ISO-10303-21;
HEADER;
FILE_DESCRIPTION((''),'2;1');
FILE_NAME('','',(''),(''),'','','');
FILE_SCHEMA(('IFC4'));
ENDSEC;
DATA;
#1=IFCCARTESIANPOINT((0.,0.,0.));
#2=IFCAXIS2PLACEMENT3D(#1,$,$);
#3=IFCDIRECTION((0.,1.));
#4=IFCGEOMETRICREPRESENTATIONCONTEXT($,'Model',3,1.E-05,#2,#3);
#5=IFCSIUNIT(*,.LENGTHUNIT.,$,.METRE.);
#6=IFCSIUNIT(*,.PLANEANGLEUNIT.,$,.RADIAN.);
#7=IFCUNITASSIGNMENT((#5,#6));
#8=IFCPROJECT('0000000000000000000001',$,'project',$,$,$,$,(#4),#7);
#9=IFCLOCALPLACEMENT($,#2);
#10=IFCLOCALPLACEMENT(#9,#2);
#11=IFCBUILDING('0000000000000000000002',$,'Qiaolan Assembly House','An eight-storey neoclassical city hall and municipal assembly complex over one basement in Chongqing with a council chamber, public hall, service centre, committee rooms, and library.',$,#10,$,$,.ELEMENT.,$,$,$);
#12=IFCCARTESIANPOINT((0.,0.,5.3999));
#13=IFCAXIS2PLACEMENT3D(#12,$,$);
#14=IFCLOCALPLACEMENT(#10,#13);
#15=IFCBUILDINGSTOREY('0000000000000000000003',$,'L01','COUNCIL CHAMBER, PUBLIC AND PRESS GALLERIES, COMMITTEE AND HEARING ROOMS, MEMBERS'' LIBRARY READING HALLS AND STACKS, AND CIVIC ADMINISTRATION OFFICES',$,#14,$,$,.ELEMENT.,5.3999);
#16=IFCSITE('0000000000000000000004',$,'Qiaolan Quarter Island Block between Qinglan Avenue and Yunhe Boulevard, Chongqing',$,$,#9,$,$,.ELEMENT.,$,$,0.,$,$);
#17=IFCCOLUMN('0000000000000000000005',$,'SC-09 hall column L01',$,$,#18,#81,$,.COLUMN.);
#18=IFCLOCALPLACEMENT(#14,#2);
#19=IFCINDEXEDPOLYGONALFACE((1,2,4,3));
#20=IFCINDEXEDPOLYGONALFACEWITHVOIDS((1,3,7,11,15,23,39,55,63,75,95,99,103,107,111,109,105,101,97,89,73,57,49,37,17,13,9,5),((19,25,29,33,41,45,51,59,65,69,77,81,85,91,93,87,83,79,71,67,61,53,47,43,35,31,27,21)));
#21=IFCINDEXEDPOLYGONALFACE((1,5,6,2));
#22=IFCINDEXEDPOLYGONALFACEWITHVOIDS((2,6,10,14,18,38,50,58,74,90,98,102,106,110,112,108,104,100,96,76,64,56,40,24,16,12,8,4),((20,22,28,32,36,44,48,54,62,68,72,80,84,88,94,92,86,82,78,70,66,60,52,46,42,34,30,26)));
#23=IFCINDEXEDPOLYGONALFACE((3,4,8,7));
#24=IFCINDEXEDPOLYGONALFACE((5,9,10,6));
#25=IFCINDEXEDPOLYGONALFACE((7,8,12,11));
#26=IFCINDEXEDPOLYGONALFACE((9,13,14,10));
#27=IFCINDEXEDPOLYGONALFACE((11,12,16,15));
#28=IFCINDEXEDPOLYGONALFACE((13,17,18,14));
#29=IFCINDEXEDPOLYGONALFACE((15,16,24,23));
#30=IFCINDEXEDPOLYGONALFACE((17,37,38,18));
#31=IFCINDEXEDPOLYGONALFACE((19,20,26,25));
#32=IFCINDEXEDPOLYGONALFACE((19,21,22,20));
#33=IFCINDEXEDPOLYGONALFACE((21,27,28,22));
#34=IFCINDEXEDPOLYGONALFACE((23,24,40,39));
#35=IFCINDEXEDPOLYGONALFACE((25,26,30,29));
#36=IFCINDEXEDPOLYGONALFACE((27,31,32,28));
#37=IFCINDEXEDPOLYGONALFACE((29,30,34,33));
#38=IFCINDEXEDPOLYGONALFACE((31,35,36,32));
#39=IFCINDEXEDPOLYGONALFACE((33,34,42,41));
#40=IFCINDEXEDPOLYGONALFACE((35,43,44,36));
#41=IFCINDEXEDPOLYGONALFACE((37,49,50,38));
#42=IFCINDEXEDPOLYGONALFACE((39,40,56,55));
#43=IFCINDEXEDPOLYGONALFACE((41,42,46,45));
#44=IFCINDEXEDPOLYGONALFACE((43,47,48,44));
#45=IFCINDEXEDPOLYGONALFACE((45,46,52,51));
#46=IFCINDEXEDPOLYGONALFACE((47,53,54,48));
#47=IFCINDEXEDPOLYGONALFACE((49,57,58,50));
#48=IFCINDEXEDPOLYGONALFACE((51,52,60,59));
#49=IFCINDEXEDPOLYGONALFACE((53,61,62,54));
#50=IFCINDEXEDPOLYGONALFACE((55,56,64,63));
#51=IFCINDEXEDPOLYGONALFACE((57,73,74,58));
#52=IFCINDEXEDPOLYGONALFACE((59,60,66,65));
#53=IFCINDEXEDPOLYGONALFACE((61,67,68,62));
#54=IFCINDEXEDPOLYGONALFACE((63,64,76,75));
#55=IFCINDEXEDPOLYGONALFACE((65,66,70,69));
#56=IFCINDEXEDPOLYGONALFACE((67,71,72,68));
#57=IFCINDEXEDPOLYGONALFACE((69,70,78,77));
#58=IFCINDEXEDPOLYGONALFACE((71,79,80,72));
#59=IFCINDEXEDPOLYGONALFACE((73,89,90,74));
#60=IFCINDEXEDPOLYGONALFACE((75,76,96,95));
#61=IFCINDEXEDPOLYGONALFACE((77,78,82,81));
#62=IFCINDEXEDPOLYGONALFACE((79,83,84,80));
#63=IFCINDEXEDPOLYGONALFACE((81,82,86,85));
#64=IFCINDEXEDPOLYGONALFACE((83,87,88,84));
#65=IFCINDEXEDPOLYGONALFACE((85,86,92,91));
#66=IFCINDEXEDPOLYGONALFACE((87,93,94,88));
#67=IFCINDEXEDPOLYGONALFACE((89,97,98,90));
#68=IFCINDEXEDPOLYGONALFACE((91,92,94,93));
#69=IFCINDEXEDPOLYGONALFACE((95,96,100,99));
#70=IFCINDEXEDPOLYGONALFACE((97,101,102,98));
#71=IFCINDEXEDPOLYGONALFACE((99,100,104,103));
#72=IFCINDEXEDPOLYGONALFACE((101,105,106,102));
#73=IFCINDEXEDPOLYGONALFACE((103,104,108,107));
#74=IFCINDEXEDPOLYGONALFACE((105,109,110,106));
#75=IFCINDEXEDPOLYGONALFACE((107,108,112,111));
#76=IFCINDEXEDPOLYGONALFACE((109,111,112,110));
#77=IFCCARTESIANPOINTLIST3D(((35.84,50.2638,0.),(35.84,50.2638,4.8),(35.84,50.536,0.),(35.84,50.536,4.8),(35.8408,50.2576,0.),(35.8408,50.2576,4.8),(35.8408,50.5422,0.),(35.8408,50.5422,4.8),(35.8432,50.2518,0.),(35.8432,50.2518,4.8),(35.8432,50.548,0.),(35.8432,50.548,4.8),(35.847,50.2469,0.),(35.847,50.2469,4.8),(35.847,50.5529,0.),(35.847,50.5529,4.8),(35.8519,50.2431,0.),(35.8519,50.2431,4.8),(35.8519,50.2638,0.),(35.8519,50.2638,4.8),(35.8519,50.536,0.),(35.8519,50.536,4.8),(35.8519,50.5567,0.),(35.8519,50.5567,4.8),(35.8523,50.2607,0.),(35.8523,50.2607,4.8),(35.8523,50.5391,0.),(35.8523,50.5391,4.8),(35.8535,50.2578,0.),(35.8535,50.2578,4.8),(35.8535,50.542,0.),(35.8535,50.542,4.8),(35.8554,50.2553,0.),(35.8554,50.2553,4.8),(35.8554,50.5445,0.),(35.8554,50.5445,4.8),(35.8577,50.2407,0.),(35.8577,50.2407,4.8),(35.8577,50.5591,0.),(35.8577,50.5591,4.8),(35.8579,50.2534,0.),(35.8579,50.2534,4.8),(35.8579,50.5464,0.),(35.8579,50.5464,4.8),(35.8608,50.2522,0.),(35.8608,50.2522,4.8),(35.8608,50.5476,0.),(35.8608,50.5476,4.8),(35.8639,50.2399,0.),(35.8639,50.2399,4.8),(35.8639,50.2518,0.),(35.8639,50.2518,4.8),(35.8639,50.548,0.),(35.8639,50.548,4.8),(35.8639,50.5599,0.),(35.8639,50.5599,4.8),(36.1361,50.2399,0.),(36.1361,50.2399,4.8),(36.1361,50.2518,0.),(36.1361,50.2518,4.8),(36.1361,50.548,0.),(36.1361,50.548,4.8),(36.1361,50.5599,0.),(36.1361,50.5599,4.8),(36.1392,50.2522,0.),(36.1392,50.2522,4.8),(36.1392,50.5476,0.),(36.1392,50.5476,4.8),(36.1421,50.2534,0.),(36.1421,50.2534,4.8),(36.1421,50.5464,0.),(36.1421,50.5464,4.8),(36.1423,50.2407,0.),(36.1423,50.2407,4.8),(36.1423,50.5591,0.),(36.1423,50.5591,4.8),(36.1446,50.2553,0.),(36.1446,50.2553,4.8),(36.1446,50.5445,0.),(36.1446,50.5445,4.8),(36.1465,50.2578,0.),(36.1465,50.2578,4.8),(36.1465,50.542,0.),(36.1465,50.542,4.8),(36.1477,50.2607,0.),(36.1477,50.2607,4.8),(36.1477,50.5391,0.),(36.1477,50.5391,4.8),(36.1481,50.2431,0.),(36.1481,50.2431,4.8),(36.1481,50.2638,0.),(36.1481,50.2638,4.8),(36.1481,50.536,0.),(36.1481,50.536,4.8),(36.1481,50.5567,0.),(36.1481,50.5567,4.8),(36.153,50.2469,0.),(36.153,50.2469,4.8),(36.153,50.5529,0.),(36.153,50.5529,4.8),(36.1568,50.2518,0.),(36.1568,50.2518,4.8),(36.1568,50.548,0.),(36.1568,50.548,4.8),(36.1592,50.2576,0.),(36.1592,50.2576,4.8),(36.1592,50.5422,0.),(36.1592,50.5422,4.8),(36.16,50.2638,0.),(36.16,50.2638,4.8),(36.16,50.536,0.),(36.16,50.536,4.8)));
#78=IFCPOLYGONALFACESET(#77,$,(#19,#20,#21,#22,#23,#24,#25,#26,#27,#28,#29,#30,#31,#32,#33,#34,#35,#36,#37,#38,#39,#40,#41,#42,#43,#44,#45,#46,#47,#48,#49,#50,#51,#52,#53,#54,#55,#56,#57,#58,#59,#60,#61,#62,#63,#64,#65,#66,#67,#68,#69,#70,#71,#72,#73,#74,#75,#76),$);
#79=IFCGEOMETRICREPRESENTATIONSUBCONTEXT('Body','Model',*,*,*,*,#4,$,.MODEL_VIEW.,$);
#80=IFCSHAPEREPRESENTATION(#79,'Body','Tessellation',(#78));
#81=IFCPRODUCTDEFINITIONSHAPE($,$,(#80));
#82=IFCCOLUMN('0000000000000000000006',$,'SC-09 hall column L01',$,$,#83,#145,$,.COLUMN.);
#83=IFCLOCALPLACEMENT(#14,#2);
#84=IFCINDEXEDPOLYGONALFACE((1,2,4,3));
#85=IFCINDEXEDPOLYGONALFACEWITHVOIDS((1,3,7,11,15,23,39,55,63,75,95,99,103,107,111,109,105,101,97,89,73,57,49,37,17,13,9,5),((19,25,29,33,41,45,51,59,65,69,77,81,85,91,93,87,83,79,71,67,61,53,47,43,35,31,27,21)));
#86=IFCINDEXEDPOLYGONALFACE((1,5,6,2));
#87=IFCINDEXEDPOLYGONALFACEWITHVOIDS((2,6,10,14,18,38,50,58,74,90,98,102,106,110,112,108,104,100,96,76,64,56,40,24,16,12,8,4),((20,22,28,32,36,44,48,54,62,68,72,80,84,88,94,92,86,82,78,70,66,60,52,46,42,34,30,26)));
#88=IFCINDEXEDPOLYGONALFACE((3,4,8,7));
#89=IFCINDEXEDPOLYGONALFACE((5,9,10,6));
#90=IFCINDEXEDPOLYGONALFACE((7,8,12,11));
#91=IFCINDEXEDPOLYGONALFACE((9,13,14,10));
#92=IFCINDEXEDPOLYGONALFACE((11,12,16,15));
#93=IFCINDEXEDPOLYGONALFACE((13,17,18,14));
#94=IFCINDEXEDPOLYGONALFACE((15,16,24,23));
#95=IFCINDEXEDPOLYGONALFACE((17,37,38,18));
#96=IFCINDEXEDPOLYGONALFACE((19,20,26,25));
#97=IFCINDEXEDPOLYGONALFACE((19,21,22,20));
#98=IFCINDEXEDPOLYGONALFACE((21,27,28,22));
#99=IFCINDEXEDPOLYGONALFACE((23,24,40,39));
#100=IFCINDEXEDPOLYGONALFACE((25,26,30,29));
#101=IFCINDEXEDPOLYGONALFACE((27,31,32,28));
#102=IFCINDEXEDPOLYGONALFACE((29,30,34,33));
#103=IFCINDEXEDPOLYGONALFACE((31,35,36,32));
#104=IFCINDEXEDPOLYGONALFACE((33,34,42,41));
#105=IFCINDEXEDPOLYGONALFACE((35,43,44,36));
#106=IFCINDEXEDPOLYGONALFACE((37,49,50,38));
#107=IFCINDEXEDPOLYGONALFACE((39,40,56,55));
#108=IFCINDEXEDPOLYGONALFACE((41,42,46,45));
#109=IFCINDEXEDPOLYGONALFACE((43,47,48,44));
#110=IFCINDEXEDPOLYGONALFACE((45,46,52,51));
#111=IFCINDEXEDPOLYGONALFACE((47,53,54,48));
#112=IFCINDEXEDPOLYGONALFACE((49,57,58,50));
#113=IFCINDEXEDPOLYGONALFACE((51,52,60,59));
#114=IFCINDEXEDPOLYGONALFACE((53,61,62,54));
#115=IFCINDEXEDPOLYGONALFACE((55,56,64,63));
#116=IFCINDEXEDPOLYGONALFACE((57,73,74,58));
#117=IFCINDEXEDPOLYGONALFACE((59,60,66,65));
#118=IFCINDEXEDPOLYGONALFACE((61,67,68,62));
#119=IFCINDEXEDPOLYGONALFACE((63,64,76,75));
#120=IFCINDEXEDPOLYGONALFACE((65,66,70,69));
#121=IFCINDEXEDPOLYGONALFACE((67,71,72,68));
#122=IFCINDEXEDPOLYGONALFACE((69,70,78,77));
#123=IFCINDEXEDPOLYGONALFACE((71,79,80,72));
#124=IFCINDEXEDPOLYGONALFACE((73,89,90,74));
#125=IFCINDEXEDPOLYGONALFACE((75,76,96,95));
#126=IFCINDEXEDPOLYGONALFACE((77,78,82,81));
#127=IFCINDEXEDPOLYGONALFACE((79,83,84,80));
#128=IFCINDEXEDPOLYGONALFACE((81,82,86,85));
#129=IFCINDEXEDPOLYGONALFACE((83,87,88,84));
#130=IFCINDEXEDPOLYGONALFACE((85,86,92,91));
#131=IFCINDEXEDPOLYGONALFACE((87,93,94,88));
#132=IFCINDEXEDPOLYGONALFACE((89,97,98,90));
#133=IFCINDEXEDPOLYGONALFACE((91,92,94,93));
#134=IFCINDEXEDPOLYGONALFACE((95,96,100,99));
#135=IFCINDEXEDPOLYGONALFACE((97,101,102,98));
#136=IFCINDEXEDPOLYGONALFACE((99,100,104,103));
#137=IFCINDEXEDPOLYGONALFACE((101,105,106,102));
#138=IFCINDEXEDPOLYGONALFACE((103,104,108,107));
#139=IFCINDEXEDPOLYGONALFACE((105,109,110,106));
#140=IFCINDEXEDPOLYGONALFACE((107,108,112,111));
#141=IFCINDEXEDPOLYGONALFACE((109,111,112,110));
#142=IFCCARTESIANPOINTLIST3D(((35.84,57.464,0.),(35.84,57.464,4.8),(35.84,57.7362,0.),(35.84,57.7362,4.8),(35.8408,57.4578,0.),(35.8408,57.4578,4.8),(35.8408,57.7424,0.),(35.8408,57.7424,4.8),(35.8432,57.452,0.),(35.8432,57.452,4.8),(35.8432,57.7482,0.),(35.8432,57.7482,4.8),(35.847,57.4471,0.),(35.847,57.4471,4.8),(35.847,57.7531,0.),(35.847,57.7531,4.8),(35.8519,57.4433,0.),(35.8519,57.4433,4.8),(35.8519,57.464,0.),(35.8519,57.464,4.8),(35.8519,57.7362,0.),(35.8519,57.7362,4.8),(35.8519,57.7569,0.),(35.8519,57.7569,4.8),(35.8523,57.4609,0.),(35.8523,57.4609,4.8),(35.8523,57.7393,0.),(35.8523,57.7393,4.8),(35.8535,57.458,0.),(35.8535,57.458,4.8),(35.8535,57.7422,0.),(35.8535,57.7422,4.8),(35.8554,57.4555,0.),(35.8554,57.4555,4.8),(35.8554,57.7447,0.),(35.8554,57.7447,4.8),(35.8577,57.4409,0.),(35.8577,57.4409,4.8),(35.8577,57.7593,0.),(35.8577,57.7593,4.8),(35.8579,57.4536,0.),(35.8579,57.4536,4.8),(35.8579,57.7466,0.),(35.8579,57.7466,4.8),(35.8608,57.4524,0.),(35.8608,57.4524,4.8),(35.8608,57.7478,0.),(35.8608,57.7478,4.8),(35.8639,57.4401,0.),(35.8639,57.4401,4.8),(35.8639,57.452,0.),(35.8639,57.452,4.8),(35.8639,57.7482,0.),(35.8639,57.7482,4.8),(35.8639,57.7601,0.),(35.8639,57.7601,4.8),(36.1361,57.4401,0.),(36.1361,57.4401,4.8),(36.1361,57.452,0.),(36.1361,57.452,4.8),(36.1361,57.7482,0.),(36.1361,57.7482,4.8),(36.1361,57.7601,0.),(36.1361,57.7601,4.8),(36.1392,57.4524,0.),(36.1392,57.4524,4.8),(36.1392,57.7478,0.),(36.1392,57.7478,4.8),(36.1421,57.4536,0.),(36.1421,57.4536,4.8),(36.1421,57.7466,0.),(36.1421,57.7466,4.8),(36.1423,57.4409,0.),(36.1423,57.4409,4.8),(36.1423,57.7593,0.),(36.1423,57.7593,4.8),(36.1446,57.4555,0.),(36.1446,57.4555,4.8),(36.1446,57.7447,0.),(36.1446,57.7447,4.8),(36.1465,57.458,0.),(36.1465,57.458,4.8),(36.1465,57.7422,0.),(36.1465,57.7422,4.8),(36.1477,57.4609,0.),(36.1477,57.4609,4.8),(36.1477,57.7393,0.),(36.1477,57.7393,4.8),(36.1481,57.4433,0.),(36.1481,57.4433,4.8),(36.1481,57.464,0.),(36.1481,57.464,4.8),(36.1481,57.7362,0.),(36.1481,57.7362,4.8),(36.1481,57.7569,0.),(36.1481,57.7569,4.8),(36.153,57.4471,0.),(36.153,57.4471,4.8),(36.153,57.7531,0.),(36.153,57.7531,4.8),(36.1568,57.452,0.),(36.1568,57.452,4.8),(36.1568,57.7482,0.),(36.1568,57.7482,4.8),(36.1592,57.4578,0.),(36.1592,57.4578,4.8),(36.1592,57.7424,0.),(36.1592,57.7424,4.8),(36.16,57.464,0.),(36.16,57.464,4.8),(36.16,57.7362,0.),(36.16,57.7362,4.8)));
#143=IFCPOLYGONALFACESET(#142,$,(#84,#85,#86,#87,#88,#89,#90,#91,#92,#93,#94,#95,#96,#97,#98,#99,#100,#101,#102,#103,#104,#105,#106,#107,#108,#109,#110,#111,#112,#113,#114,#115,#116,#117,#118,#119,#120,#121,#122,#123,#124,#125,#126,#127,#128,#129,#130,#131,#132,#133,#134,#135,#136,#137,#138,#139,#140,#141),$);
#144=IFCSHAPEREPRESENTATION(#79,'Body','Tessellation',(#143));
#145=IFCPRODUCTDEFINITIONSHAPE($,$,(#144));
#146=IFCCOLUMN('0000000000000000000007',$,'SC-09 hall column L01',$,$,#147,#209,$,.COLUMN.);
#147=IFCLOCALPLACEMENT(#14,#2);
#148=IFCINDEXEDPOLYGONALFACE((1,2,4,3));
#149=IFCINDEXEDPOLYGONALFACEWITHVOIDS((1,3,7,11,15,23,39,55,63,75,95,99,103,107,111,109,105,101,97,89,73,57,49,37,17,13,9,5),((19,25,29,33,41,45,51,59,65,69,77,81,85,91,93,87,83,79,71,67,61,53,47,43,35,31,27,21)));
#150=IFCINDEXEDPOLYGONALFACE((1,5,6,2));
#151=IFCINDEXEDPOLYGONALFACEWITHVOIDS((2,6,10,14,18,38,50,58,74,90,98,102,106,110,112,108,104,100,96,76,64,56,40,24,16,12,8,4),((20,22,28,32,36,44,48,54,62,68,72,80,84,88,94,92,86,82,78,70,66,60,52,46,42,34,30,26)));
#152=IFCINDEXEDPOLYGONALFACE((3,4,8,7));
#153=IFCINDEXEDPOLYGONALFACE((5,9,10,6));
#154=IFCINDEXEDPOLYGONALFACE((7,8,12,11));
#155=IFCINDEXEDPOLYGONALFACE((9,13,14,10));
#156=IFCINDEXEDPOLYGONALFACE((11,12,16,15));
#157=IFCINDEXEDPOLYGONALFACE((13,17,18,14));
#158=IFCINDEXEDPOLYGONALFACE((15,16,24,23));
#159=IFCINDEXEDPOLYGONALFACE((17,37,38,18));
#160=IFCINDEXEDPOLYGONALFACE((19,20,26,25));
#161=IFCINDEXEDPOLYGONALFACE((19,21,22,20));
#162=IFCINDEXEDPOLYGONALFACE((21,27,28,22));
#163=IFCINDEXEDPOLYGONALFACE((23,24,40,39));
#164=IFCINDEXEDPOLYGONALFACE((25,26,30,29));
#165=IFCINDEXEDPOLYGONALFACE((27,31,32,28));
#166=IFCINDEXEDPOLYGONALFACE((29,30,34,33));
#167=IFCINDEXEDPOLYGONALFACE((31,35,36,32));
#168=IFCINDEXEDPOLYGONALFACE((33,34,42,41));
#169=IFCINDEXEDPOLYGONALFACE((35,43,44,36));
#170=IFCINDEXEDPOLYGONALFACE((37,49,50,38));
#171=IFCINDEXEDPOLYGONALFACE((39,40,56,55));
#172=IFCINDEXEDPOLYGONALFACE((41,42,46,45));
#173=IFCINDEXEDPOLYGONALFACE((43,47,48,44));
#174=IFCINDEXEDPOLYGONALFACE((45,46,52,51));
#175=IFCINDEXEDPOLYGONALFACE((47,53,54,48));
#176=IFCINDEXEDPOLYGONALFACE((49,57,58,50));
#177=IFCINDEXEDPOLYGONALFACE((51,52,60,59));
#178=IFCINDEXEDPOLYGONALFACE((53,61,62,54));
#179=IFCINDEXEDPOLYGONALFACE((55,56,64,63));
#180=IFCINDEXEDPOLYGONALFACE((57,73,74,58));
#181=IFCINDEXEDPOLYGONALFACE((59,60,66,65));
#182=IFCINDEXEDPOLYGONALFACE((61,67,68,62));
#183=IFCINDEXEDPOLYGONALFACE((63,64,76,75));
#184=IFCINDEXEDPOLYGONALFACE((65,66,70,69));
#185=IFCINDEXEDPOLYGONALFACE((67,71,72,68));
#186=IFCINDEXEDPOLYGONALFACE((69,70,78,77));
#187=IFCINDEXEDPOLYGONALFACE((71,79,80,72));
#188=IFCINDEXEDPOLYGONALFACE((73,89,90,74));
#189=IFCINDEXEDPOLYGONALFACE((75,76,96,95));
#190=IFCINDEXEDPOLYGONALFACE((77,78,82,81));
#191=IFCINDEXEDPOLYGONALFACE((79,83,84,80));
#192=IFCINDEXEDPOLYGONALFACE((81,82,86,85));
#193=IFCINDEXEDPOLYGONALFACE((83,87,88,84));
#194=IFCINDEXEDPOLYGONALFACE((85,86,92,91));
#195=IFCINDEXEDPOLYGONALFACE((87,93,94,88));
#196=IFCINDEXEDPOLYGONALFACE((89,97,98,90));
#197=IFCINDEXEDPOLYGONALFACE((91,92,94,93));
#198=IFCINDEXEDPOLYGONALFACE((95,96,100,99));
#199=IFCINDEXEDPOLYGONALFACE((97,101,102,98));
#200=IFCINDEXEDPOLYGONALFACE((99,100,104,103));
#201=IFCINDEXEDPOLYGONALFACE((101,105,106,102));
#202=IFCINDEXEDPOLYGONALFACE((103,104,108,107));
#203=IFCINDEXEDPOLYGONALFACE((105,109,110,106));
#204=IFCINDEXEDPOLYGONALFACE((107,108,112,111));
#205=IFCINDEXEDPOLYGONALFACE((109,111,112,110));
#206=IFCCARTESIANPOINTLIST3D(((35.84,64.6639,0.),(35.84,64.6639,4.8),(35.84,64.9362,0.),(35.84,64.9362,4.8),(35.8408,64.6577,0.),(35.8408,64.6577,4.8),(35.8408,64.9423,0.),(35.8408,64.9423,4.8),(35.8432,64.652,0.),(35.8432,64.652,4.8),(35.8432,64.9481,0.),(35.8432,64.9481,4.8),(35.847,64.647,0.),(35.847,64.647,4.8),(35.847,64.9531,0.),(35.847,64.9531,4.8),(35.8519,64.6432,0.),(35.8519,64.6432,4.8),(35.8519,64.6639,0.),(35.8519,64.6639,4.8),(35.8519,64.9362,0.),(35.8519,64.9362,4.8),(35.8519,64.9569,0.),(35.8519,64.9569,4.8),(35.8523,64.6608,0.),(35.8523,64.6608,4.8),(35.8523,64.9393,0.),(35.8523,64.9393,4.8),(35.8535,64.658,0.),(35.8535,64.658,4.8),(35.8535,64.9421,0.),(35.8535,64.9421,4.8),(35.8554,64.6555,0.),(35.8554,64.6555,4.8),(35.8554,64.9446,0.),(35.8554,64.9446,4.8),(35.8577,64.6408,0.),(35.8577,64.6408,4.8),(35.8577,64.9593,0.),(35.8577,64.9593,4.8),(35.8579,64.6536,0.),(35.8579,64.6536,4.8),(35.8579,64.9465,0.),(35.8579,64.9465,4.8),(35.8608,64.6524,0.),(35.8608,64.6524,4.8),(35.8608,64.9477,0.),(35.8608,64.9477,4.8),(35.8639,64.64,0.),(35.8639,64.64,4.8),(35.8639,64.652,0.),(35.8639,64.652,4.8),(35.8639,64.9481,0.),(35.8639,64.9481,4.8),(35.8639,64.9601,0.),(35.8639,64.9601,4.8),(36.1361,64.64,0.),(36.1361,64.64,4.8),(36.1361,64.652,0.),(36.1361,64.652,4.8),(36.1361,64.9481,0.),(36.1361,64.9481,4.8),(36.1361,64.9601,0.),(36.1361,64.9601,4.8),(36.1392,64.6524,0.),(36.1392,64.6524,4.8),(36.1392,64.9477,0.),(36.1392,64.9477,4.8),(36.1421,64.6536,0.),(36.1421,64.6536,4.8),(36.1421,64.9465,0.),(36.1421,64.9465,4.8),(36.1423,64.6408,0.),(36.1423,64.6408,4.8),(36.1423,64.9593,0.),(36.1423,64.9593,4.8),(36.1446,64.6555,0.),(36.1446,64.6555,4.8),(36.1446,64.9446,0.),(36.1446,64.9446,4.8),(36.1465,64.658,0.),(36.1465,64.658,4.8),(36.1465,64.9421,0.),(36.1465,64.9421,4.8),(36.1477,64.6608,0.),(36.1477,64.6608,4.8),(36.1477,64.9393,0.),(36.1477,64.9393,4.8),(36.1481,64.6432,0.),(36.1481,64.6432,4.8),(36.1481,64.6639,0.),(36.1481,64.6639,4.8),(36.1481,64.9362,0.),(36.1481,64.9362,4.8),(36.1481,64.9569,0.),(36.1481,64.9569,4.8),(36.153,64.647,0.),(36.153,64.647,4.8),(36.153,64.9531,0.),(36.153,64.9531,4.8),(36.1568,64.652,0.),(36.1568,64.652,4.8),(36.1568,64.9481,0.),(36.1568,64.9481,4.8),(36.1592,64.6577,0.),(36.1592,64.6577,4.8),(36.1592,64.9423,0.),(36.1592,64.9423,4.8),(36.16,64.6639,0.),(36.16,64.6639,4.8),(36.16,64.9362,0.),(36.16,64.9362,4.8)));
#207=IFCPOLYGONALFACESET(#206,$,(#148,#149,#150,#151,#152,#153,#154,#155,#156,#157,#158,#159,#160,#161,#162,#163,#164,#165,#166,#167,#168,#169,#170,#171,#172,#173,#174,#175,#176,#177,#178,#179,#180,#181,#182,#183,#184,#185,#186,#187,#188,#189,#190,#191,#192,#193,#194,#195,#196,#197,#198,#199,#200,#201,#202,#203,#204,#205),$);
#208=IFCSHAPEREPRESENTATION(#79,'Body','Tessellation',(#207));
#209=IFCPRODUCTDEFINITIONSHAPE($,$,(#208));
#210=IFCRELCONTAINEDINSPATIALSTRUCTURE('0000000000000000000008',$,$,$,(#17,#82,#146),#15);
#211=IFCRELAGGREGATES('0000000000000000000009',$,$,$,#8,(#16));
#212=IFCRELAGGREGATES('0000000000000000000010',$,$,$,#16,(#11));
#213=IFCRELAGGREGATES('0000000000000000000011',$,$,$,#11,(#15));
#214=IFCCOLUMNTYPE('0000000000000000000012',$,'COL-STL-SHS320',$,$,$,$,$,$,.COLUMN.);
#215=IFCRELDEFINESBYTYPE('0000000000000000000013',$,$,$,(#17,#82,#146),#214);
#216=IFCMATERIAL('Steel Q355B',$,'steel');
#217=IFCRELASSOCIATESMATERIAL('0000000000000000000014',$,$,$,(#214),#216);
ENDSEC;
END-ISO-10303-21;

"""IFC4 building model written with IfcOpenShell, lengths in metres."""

from ifc_helpers import new_model, si_unit, direction, frame, origin, origin_2d, place, context, subcontext, project, spatial, hollow_rectangle, extrude, material, material_profile, profile_set, type_object, element, save


model = new_model("IFC4")

# Units and contexts
model_context = context("Model", 3, precision=1e-05, world=origin(), true_north=direction((0.0, 1.0)))
body_context = subcontext(model_context, "Body", "Model", "MODEL_VIEW")
ifc_project = project(units=[si_unit("LENGTHUNIT", "METRE"), si_unit("PLANEANGLEUNIT", "RADIAN")], contexts=[model_context])

# Site, building, storey
site_placement = place(None, origin())
site = spatial("IfcSite", under=ifc_project, at=site_placement, Name="Qiaolan Quarter Island Block between Qinglan Avenue and Yunhe Boulevard, Chongqing", CompositionType="ELEMENT", RefElevation=0.0)
building_placement = place(site_placement, origin())
building = spatial("IfcBuilding", under=site, at=building_placement, Name="Qiaolan Assembly House", Description="An eight-storey neoclassical city hall and municipal assembly complex over one basement in Chongqing with a council chamber, public hall, service centre, committee rooms, and library.", CompositionType="ELEMENT")
storey_placement = place(building_placement, frame((0.0, 0.0, 5.3999)))
storey = spatial("IfcBuildingStorey", under=building, at=storey_placement, Name="L01", Description="COUNCIL CHAMBER, PUBLIC AND PRESS GALLERIES, COMMITTEE AND HEARING ROOMS, MEMBERS' LIBRARY READING HALLS AND STACKS, AND CIVIC ADMINISTRATION OFFICES", CompositionType="ELEMENT", Elevation=5.3999)

# Columns
ifc_material = material(Name="Steel Q355B", Category="steel")
ifc_material_profile_1 = material_profile(ifc_material, hollow_rectangle(XDim=0.3201, YDim=0.3201, WallThickness=0.012, InnerFilletRadius=0.012, OuterFilletRadius=0.0239, at=origin_2d()), Name="SHS 320x320x12")
ifc_profile_set_1 = profile_set([ifc_material_profile_1], Name="Steel Q355B")
column_type = type_object("IfcColumnType", Name="COL-STL-SHS320", PredefinedType="COLUMN", material=ifc_profile_set_1)
for number, where, z_axis, x_axis, name in (
    (1, (36.0, 50.3999, 0.0), (0.0, 0.0, 1.0), (1.0, 0.0, 0.0), "SC-09 hall column L01"),
    (2, (36.0, 57.6001, 0.0), (0.0, 0.0, 1.0), (1.0, 0.0, 0.0), "SC-09 hall column L01"),
    (3, (36.0, 64.8, 0.0), (0.0, 0.0, 1.0), (1.0, 0.0, 0.0), "SC-09 hall column L01"),
):
    element("IfcColumn", number, at=place(storey_placement, frame(where, z_axis=z_axis, x_axis=x_axis)), inside=storey, type_object=column_type, Name=name, PredefinedType="COLUMN", context=body_context, shape_type="SweptSolid", body=[
        extrude(hollow_rectangle(XDim=0.3201, YDim=0.3201, WallThickness=0.012, InnerFilletRadius=0.012, OuterFilletRadius=0.0239, at=origin_2d()), origin(), (0.0, 0.0, 1.0), 4.8),
    ])

save(model, "model.ifc")
